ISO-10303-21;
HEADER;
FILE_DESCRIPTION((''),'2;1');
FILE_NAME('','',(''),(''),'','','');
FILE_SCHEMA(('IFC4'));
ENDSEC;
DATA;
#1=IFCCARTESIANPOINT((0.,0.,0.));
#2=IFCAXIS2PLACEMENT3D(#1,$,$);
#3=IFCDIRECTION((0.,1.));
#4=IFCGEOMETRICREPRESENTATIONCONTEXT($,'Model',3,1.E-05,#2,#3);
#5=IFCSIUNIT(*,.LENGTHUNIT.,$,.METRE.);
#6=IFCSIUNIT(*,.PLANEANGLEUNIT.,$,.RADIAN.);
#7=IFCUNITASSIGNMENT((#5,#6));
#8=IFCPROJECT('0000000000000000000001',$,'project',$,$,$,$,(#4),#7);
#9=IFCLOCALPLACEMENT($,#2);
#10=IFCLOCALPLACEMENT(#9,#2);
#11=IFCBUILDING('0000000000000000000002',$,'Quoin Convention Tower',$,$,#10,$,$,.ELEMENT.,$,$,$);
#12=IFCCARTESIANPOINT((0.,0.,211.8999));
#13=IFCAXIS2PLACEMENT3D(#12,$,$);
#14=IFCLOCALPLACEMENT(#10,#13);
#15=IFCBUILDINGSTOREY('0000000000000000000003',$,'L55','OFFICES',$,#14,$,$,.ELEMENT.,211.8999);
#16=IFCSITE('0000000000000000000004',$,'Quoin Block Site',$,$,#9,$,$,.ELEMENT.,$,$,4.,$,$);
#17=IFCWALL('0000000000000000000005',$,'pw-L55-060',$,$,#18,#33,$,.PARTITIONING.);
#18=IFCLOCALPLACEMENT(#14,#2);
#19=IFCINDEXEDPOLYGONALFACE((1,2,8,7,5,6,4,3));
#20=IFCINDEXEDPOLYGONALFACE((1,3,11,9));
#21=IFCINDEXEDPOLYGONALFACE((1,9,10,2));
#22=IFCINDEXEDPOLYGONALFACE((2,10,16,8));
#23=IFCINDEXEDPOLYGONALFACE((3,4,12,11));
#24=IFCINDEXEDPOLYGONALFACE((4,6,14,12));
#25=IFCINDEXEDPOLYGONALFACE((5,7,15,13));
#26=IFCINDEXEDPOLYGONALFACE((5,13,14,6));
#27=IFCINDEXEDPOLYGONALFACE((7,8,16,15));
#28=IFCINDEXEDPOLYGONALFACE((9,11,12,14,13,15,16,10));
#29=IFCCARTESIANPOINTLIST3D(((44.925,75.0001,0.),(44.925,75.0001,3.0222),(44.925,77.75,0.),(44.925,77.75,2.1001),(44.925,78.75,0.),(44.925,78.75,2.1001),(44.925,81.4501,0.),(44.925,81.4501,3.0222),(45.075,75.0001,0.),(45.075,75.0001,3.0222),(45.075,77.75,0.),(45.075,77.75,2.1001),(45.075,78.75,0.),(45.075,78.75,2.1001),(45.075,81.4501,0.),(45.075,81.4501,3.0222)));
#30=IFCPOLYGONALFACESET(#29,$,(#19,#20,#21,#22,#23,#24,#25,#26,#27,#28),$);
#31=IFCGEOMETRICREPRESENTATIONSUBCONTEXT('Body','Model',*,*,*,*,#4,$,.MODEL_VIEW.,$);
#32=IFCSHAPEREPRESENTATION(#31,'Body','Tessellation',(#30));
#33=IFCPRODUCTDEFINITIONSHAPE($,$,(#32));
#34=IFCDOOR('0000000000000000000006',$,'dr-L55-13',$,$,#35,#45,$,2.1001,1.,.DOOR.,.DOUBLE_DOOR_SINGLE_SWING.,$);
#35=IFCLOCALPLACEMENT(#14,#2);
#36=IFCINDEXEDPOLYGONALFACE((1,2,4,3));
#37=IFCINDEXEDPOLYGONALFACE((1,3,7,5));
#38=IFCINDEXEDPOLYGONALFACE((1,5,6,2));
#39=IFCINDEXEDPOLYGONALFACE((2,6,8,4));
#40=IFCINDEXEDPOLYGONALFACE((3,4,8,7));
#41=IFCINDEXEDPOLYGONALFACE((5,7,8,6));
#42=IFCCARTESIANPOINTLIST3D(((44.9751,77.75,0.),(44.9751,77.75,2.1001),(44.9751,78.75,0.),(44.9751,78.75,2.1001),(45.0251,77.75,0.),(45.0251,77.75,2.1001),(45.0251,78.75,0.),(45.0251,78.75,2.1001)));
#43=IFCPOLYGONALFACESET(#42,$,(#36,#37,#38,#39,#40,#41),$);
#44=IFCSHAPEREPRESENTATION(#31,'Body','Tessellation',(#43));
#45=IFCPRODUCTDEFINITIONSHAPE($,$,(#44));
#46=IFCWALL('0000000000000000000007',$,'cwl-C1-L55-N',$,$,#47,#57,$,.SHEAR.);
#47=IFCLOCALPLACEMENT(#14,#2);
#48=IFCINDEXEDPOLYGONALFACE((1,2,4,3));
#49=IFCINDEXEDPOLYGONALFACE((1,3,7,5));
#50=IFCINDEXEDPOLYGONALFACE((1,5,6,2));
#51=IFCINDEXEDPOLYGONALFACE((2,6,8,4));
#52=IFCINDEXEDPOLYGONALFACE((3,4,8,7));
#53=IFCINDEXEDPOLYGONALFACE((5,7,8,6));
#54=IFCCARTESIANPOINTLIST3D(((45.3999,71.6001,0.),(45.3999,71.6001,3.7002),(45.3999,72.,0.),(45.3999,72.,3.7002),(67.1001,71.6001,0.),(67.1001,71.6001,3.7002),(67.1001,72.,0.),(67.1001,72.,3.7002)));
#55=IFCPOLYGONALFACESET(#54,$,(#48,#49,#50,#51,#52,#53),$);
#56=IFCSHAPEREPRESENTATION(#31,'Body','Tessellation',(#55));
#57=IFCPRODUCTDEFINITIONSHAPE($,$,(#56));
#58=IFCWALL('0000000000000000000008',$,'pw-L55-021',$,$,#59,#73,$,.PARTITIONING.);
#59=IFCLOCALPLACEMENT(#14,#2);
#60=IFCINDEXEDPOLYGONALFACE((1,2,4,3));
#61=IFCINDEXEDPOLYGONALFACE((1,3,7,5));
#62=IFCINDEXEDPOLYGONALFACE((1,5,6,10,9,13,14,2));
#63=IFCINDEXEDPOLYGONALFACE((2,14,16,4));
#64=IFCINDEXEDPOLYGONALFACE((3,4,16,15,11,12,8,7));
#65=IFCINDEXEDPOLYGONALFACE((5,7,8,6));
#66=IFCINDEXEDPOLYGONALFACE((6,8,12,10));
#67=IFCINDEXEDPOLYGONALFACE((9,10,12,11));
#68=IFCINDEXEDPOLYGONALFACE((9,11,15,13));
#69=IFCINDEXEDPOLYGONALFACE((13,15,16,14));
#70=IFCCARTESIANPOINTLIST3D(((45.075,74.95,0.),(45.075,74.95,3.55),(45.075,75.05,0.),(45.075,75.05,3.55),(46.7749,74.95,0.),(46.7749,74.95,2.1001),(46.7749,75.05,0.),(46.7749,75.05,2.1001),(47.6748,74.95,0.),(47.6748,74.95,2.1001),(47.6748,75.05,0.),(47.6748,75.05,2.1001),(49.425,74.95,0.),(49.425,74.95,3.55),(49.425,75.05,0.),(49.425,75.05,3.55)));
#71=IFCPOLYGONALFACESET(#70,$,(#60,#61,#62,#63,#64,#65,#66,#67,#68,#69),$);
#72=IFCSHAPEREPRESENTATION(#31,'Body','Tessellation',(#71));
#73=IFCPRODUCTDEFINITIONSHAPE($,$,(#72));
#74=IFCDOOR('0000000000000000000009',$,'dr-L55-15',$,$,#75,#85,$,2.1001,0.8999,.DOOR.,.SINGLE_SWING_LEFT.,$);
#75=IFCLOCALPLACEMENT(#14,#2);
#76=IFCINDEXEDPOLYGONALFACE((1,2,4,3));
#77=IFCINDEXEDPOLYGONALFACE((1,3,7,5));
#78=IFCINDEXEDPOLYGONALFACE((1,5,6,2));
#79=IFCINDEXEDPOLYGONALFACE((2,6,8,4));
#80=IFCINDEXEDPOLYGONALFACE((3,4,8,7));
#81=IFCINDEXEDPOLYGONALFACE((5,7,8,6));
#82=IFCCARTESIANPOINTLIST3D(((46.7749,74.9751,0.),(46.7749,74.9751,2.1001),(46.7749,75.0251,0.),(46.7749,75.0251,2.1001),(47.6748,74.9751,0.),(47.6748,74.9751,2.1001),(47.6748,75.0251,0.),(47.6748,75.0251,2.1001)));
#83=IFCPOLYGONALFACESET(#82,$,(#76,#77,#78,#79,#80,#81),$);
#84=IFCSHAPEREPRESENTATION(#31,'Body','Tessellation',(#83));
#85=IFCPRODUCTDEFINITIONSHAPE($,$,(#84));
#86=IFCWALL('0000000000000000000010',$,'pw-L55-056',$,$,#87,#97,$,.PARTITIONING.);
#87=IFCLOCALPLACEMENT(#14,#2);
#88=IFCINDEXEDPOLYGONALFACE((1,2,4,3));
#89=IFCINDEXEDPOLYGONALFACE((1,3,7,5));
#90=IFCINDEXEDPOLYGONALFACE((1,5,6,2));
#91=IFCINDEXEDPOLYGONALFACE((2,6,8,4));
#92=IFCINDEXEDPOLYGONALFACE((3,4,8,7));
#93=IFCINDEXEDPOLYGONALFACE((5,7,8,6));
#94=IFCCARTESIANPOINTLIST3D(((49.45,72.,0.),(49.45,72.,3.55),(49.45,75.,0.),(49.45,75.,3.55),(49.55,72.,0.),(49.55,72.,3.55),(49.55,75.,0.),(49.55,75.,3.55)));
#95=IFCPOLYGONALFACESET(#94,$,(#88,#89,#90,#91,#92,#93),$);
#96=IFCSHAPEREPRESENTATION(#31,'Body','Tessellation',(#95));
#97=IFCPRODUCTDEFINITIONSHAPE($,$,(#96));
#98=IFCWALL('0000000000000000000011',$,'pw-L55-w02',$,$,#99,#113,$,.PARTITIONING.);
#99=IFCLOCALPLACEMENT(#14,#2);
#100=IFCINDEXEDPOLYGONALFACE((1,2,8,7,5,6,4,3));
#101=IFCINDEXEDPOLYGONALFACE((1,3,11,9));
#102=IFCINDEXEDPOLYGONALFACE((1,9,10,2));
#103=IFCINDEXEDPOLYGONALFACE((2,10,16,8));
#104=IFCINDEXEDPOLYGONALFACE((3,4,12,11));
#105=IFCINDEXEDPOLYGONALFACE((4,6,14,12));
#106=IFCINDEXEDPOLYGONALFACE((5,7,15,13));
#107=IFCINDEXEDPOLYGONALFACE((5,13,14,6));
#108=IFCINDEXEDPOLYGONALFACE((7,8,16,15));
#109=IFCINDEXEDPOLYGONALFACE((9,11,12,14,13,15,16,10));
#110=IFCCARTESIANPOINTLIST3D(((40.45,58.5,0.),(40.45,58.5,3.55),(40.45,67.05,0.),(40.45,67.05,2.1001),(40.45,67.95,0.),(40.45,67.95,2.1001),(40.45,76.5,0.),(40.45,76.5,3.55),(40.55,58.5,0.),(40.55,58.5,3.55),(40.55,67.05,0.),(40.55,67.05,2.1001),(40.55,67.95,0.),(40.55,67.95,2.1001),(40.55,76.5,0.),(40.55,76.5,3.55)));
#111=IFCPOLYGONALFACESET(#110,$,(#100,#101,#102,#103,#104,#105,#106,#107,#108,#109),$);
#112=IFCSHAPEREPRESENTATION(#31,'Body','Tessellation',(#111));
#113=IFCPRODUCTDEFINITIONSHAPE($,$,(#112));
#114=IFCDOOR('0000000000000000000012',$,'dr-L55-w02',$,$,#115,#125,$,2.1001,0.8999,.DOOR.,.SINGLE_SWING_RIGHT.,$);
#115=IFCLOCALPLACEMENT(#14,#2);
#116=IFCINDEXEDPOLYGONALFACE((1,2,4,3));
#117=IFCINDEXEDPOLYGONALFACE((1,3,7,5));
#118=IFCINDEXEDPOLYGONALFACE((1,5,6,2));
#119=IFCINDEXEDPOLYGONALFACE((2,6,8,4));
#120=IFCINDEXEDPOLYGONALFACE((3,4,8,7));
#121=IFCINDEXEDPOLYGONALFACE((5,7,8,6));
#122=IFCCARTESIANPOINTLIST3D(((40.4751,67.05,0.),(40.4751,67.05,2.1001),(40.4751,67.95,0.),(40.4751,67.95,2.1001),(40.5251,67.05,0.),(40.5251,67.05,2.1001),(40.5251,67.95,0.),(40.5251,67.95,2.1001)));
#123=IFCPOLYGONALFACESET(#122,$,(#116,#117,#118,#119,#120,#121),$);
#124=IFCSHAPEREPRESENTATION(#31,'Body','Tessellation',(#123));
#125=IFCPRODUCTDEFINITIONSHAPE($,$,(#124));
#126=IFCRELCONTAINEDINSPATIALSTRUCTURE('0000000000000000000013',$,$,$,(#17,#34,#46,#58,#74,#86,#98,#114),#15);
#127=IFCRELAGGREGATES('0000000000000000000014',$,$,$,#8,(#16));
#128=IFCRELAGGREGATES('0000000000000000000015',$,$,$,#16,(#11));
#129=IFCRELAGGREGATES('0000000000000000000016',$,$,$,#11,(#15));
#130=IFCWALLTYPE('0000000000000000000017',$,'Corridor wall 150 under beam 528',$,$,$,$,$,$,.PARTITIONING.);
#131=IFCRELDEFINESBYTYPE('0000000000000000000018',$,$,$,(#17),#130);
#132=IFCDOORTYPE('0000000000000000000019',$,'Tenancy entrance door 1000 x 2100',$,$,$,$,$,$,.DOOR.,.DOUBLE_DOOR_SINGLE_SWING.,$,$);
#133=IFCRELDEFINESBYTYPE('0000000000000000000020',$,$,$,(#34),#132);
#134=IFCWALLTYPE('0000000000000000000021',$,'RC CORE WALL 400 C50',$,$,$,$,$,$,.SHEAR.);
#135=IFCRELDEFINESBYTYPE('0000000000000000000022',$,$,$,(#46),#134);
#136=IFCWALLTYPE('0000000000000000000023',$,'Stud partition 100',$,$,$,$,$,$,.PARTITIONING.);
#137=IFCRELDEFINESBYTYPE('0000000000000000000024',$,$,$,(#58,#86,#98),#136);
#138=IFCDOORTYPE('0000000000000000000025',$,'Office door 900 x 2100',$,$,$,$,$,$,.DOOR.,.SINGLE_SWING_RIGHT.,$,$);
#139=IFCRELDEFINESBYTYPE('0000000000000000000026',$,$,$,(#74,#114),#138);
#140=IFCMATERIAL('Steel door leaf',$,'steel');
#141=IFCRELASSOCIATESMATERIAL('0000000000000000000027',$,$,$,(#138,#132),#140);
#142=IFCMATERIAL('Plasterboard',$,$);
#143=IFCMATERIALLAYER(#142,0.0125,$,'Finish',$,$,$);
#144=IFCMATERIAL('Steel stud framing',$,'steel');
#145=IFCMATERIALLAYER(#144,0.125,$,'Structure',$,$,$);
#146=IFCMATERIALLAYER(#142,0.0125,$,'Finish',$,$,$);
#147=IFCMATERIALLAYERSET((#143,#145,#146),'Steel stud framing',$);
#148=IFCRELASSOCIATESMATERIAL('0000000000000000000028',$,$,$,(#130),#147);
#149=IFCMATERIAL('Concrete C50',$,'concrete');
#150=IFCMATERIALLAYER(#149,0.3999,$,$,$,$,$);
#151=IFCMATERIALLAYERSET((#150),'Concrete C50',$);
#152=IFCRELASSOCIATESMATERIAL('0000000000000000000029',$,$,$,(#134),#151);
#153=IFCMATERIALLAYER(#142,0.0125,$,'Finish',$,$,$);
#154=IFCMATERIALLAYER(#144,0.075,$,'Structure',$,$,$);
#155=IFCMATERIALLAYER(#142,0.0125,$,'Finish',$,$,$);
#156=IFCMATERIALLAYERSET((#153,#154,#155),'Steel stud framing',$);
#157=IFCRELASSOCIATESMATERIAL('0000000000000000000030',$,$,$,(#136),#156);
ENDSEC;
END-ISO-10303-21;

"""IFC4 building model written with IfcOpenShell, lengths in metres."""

from ifc_helpers import new_model, si_unit, direction, frame, frame_2d, origin, place, context, subcontext, project, spatial, rectangle, extrude, material, layer, layer_set, type_object, element, fill, save


model = new_model("IFC4")

# Units and contexts
model_context = context("Model", 3, precision=1e-05, world=origin(), true_north=direction((0.0, 1.0)))
body_context = subcontext(model_context, "Body", "Model", "MODEL_VIEW")
ifc_project = project(units=[si_unit("LENGTHUNIT", "METRE"), si_unit("PLANEANGLEUNIT", "RADIAN")], contexts=[model_context])

# Site, building, storey
site_placement = place(None, origin())
site = spatial("IfcSite", under=ifc_project, at=site_placement, Name="Quoin Block Site", CompositionType="ELEMENT", RefElevation=4.0)
building_placement = place(site_placement, origin())
building = spatial("IfcBuilding", under=site, at=building_placement, Name="Quoin Convention Tower", CompositionType="ELEMENT")
storey_placement = place(building_placement, frame((0.0, 0.0, 211.8999)))
storey = spatial("IfcBuildingStorey", under=building, at=storey_placement, Name="L55", Description="OFFICES", CompositionType="ELEMENT", Elevation=211.8999)

# Shared definitions
ifc_material_1 = material(Name="Concrete C50", Category="concrete")

# Shared definitions
ifc_material_2 = material(Name="Plasterboard")
ifc_material_3 = material(Name="Steel stud framing", Category="steel")
ifc_material_4 = material(Name="Steel door leaf", Category="steel")
door_type_1 = type_object("IfcDoorType", Name="Office door 900 x 2100", OperationType="SINGLE_SWING_RIGHT", PredefinedType="DOOR", material=ifc_material_4)

# Shared definitions
ifc_layer_1 = layer(ifc_material_2, 0.0125, Name="Finish")
ifc_layer_2 = layer(ifc_material_3, 0.125, Name="Structure")
ifc_layer_3 = layer(ifc_material_2, 0.0125, Name="Finish")
ifc_layer_set_1 = layer_set([ifc_layer_1, ifc_layer_2, ifc_layer_3], Name="Steel stud framing")
wall_type_1 = type_object("IfcWallType", Name="Corridor wall 150 under beam 528", PredefinedType="PARTITIONING", material=ifc_layer_set_1)

# Wall, opening, door
wall_1_placement = place(storey_placement, frame((45.0, 75.0, 0.0), z_axis=(0.0, 0.0, 1.0), x_axis=(0.0, 1.0, 0.0)))
wall_1 = element("IfcWall", 1, at=wall_1_placement, inside=storey, type_object=wall_type_1, Name="pw-L55-060", PredefinedType="PARTITIONING", context=body_context, shape_type="SweptSolid", body=[
    extrude(rectangle(XDim=6.45, YDim=0.1499, at=frame_2d((3.2251, 0.0))), origin(), (0.0, 0.0, 1.0), 3.0222),
])
opening_1_placement = place(wall_1_placement, frame((2.75, 0.0, 0.0)))
opening_1 = element("IfcOpeningElement", 2, at=opening_1_placement, cuts=wall_1, PredefinedType="OPENING", context=body_context, shape_type="SweptSolid", body=[
    extrude(rectangle(XDim=1.0, YDim=2.1001, at=frame_2d((0.5, 1.05))), frame((0.0, 0.085, 0.0), z_axis=(0.0, -1.0, 0.0), x_axis=(1.0, 0.0, 0.0)), (0.0, 0.0, 1.0), 0.1699),
])
door_type_2 = type_object("IfcDoorType", Name="Tenancy entrance door 1000 x 2100", OperationType="DOUBLE_DOOR_SINGLE_SWING", PredefinedType="DOOR", material=ifc_material_4)
door_1_placement = place(opening_1_placement, origin())
door_1 = element("IfcDoor", 3, at=door_1_placement, inside=storey, type_object=door_type_2, Name="dr-L55-13", OperationType="DOUBLE_DOOR_SINGLE_SWING", OverallHeight=2.1001, OverallWidth=1.0, PredefinedType="DOOR", context=body_context, shape_type="SweptSolid", body=[
    extrude(rectangle(XDim=1.0, YDim=2.1001, at=frame_2d((0.5, 1.05))), frame((0.0, 0.0249, 0.0), z_axis=(0.0, -1.0, 0.0), x_axis=(1.0, 0.0, 0.0)), (0.0, 0.0, 1.0), 0.05),
])
fill(opening_1, door_1)

# Wall
ifc_layer_4 = layer(ifc_material_1, 0.3999)
ifc_layer_set_2 = layer_set([ifc_layer_4], Name="Concrete C50")
wall_type_2 = type_object("IfcWallType", Name="RC CORE WALL 400 C50", PredefinedType="SHEAR", material=ifc_layer_set_2)
wall_2_placement = place(storey_placement, frame((45.3999, 71.8, 0.0), z_axis=(0.0, 0.0, 1.0), x_axis=(1.0, 0.0, 0.0)))
element("IfcWall", 4, at=wall_2_placement, inside=storey, type_object=wall_type_2, Name="cwl-C1-L55-N", PredefinedType="SHEAR", context=body_context, shape_type="SweptSolid", body=[
    extrude(rectangle(XDim=21.7002, YDim=0.3999, at=frame_2d((10.8501, 0.0))), origin(), (0.0, 0.0, 1.0), 3.7002),
])

# Wall, opening, door
ifc_layer_5 = layer(ifc_material_2, 0.0125, Name="Finish")
ifc_layer_6 = layer(ifc_material_3, 0.075, Name="Structure")
ifc_layer_7 = layer(ifc_material_2, 0.0125, Name="Finish")
ifc_layer_set_3 = layer_set([ifc_layer_5, ifc_layer_6, ifc_layer_7], Name="Steel stud framing")
wall_type_3 = type_object("IfcWallType", Name="Stud partition 100", PredefinedType="PARTITIONING", material=ifc_layer_set_3)
wall_3_placement = place(storey_placement, frame((45.075, 75.0, 0.0), z_axis=(0.0, 0.0, 1.0), x_axis=(1.0, 0.0, 0.0)))
wall_3 = element("IfcWall", 5, at=wall_3_placement, inside=storey, type_object=wall_type_3, Name="pw-L55-021", PredefinedType="PARTITIONING", context=body_context, shape_type="SweptSolid", body=[
    extrude(rectangle(XDim=4.3501, YDim=0.1001, at=frame_2d((2.175, 0.0))), origin(), (0.0, 0.0, 1.0), 3.55),
])
opening_2_placement = place(wall_3_placement, frame((1.7, 0.0, 0.0)))
opening_2 = element("IfcOpeningElement", 6, at=opening_2_placement, cuts=wall_3, PredefinedType="OPENING", context=body_context, shape_type="SweptSolid", body=[
    extrude(rectangle(XDim=0.8999, YDim=2.1001, at=frame_2d((0.45, 1.05))), frame((0.0, 0.0601, 0.0), z_axis=(0.0, -1.0, 0.0), x_axis=(1.0, 0.0, 0.0)), (0.0, 0.0, 1.0), 0.1201),
])
door_2_placement = place(opening_2_placement, frame((0.8999, 0.0, 0.0), z_axis=(0.0, 0.0, 1.0), x_axis=(-1.0, 0.0, 0.0)))
door_2 = element("IfcDoor", 7, at=door_2_placement, inside=storey, type_object=door_type_1, Name="dr-L55-15", OperationType="SINGLE_SWING_LEFT", OverallHeight=2.1001, OverallWidth=0.8999, PredefinedType="DOOR", context=body_context, shape_type="SweptSolid", body=[
    extrude(rectangle(XDim=0.8999, YDim=2.1001, at=frame_2d((0.45, 1.05))), frame((0.0, 0.0249, 0.0), z_axis=(0.0, -1.0, 0.0), x_axis=(1.0, 0.0, 0.0)), (0.0, 0.0, 1.0), 0.05),
])
fill(opening_2, door_2)

# Wall
wall_4_placement = place(storey_placement, frame((49.5, 72.0, 0.0), z_axis=(0.0, 0.0, 1.0), x_axis=(0.0, 1.0, 0.0)))
element("IfcWall", 8, at=wall_4_placement, inside=storey, type_object=wall_type_3, Name="pw-L55-056", PredefinedType="PARTITIONING", context=body_context, shape_type="SweptSolid", body=[
    extrude(rectangle(XDim=3.0, YDim=0.1001, at=frame_2d((1.5, 0.0))), origin(), (0.0, 0.0, 1.0), 3.55),
])

# Wall, opening, door
wall_5_placement = place(storey_placement, frame((40.5, 76.5, 0.0), z_axis=(0.0, 0.0, 1.0), x_axis=(0.0, -1.0, 0.0)))
wall_5 = element("IfcWall", 9, at=wall_5_placement, inside=storey, type_object=wall_type_3, Name="pw-L55-w02", PredefinedType="PARTITIONING", context=body_context, shape_type="SweptSolid", body=[
    extrude(rectangle(XDim=18.0, YDim=0.1001, at=frame_2d((9.0, 0.0))), origin(), (0.0, 0.0, 1.0), 3.55),
])
opening_3_placement = place(wall_5_placement, frame((8.55, 0.0, 0.0)))
opening_3 = element("IfcOpeningElement", 10, at=opening_3_placement, cuts=wall_5, PredefinedType="OPENING", context=body_context, shape_type="SweptSolid", body=[
    extrude(rectangle(XDim=0.8999, YDim=2.1001, at=frame_2d((0.45, 1.05))), frame((0.0, 0.0601, 0.0), z_axis=(0.0, -1.0, 0.0), x_axis=(1.0, 0.0, 0.0)), (0.0, 0.0, 1.0), 0.1201),
])
door_3_placement = place(opening_3_placement, frame((0.8999, 0.0, 0.0), z_axis=(0.0, 0.0, 1.0), x_axis=(-1.0, 0.0, 0.0)))
door_3 = element("IfcDoor", 11, at=door_3_placement, inside=storey, type_object=door_type_1, Name="dr-L55-w02", OperationType="SINGLE_SWING_RIGHT", OverallHeight=2.1001, OverallWidth=0.8999, PredefinedType="DOOR", context=body_context, shape_type="SweptSolid", body=[
    extrude(rectangle(XDim=0.8999, YDim=2.1001, at=frame_2d((0.45, 1.05))), frame((0.0, 0.0249, 0.0), z_axis=(0.0, -1.0, 0.0), x_axis=(1.0, 0.0, 0.0)), (0.0, 0.0, 1.0), 0.05),
])
fill(opening_3, door_3)

save(model, "model.ifc")
